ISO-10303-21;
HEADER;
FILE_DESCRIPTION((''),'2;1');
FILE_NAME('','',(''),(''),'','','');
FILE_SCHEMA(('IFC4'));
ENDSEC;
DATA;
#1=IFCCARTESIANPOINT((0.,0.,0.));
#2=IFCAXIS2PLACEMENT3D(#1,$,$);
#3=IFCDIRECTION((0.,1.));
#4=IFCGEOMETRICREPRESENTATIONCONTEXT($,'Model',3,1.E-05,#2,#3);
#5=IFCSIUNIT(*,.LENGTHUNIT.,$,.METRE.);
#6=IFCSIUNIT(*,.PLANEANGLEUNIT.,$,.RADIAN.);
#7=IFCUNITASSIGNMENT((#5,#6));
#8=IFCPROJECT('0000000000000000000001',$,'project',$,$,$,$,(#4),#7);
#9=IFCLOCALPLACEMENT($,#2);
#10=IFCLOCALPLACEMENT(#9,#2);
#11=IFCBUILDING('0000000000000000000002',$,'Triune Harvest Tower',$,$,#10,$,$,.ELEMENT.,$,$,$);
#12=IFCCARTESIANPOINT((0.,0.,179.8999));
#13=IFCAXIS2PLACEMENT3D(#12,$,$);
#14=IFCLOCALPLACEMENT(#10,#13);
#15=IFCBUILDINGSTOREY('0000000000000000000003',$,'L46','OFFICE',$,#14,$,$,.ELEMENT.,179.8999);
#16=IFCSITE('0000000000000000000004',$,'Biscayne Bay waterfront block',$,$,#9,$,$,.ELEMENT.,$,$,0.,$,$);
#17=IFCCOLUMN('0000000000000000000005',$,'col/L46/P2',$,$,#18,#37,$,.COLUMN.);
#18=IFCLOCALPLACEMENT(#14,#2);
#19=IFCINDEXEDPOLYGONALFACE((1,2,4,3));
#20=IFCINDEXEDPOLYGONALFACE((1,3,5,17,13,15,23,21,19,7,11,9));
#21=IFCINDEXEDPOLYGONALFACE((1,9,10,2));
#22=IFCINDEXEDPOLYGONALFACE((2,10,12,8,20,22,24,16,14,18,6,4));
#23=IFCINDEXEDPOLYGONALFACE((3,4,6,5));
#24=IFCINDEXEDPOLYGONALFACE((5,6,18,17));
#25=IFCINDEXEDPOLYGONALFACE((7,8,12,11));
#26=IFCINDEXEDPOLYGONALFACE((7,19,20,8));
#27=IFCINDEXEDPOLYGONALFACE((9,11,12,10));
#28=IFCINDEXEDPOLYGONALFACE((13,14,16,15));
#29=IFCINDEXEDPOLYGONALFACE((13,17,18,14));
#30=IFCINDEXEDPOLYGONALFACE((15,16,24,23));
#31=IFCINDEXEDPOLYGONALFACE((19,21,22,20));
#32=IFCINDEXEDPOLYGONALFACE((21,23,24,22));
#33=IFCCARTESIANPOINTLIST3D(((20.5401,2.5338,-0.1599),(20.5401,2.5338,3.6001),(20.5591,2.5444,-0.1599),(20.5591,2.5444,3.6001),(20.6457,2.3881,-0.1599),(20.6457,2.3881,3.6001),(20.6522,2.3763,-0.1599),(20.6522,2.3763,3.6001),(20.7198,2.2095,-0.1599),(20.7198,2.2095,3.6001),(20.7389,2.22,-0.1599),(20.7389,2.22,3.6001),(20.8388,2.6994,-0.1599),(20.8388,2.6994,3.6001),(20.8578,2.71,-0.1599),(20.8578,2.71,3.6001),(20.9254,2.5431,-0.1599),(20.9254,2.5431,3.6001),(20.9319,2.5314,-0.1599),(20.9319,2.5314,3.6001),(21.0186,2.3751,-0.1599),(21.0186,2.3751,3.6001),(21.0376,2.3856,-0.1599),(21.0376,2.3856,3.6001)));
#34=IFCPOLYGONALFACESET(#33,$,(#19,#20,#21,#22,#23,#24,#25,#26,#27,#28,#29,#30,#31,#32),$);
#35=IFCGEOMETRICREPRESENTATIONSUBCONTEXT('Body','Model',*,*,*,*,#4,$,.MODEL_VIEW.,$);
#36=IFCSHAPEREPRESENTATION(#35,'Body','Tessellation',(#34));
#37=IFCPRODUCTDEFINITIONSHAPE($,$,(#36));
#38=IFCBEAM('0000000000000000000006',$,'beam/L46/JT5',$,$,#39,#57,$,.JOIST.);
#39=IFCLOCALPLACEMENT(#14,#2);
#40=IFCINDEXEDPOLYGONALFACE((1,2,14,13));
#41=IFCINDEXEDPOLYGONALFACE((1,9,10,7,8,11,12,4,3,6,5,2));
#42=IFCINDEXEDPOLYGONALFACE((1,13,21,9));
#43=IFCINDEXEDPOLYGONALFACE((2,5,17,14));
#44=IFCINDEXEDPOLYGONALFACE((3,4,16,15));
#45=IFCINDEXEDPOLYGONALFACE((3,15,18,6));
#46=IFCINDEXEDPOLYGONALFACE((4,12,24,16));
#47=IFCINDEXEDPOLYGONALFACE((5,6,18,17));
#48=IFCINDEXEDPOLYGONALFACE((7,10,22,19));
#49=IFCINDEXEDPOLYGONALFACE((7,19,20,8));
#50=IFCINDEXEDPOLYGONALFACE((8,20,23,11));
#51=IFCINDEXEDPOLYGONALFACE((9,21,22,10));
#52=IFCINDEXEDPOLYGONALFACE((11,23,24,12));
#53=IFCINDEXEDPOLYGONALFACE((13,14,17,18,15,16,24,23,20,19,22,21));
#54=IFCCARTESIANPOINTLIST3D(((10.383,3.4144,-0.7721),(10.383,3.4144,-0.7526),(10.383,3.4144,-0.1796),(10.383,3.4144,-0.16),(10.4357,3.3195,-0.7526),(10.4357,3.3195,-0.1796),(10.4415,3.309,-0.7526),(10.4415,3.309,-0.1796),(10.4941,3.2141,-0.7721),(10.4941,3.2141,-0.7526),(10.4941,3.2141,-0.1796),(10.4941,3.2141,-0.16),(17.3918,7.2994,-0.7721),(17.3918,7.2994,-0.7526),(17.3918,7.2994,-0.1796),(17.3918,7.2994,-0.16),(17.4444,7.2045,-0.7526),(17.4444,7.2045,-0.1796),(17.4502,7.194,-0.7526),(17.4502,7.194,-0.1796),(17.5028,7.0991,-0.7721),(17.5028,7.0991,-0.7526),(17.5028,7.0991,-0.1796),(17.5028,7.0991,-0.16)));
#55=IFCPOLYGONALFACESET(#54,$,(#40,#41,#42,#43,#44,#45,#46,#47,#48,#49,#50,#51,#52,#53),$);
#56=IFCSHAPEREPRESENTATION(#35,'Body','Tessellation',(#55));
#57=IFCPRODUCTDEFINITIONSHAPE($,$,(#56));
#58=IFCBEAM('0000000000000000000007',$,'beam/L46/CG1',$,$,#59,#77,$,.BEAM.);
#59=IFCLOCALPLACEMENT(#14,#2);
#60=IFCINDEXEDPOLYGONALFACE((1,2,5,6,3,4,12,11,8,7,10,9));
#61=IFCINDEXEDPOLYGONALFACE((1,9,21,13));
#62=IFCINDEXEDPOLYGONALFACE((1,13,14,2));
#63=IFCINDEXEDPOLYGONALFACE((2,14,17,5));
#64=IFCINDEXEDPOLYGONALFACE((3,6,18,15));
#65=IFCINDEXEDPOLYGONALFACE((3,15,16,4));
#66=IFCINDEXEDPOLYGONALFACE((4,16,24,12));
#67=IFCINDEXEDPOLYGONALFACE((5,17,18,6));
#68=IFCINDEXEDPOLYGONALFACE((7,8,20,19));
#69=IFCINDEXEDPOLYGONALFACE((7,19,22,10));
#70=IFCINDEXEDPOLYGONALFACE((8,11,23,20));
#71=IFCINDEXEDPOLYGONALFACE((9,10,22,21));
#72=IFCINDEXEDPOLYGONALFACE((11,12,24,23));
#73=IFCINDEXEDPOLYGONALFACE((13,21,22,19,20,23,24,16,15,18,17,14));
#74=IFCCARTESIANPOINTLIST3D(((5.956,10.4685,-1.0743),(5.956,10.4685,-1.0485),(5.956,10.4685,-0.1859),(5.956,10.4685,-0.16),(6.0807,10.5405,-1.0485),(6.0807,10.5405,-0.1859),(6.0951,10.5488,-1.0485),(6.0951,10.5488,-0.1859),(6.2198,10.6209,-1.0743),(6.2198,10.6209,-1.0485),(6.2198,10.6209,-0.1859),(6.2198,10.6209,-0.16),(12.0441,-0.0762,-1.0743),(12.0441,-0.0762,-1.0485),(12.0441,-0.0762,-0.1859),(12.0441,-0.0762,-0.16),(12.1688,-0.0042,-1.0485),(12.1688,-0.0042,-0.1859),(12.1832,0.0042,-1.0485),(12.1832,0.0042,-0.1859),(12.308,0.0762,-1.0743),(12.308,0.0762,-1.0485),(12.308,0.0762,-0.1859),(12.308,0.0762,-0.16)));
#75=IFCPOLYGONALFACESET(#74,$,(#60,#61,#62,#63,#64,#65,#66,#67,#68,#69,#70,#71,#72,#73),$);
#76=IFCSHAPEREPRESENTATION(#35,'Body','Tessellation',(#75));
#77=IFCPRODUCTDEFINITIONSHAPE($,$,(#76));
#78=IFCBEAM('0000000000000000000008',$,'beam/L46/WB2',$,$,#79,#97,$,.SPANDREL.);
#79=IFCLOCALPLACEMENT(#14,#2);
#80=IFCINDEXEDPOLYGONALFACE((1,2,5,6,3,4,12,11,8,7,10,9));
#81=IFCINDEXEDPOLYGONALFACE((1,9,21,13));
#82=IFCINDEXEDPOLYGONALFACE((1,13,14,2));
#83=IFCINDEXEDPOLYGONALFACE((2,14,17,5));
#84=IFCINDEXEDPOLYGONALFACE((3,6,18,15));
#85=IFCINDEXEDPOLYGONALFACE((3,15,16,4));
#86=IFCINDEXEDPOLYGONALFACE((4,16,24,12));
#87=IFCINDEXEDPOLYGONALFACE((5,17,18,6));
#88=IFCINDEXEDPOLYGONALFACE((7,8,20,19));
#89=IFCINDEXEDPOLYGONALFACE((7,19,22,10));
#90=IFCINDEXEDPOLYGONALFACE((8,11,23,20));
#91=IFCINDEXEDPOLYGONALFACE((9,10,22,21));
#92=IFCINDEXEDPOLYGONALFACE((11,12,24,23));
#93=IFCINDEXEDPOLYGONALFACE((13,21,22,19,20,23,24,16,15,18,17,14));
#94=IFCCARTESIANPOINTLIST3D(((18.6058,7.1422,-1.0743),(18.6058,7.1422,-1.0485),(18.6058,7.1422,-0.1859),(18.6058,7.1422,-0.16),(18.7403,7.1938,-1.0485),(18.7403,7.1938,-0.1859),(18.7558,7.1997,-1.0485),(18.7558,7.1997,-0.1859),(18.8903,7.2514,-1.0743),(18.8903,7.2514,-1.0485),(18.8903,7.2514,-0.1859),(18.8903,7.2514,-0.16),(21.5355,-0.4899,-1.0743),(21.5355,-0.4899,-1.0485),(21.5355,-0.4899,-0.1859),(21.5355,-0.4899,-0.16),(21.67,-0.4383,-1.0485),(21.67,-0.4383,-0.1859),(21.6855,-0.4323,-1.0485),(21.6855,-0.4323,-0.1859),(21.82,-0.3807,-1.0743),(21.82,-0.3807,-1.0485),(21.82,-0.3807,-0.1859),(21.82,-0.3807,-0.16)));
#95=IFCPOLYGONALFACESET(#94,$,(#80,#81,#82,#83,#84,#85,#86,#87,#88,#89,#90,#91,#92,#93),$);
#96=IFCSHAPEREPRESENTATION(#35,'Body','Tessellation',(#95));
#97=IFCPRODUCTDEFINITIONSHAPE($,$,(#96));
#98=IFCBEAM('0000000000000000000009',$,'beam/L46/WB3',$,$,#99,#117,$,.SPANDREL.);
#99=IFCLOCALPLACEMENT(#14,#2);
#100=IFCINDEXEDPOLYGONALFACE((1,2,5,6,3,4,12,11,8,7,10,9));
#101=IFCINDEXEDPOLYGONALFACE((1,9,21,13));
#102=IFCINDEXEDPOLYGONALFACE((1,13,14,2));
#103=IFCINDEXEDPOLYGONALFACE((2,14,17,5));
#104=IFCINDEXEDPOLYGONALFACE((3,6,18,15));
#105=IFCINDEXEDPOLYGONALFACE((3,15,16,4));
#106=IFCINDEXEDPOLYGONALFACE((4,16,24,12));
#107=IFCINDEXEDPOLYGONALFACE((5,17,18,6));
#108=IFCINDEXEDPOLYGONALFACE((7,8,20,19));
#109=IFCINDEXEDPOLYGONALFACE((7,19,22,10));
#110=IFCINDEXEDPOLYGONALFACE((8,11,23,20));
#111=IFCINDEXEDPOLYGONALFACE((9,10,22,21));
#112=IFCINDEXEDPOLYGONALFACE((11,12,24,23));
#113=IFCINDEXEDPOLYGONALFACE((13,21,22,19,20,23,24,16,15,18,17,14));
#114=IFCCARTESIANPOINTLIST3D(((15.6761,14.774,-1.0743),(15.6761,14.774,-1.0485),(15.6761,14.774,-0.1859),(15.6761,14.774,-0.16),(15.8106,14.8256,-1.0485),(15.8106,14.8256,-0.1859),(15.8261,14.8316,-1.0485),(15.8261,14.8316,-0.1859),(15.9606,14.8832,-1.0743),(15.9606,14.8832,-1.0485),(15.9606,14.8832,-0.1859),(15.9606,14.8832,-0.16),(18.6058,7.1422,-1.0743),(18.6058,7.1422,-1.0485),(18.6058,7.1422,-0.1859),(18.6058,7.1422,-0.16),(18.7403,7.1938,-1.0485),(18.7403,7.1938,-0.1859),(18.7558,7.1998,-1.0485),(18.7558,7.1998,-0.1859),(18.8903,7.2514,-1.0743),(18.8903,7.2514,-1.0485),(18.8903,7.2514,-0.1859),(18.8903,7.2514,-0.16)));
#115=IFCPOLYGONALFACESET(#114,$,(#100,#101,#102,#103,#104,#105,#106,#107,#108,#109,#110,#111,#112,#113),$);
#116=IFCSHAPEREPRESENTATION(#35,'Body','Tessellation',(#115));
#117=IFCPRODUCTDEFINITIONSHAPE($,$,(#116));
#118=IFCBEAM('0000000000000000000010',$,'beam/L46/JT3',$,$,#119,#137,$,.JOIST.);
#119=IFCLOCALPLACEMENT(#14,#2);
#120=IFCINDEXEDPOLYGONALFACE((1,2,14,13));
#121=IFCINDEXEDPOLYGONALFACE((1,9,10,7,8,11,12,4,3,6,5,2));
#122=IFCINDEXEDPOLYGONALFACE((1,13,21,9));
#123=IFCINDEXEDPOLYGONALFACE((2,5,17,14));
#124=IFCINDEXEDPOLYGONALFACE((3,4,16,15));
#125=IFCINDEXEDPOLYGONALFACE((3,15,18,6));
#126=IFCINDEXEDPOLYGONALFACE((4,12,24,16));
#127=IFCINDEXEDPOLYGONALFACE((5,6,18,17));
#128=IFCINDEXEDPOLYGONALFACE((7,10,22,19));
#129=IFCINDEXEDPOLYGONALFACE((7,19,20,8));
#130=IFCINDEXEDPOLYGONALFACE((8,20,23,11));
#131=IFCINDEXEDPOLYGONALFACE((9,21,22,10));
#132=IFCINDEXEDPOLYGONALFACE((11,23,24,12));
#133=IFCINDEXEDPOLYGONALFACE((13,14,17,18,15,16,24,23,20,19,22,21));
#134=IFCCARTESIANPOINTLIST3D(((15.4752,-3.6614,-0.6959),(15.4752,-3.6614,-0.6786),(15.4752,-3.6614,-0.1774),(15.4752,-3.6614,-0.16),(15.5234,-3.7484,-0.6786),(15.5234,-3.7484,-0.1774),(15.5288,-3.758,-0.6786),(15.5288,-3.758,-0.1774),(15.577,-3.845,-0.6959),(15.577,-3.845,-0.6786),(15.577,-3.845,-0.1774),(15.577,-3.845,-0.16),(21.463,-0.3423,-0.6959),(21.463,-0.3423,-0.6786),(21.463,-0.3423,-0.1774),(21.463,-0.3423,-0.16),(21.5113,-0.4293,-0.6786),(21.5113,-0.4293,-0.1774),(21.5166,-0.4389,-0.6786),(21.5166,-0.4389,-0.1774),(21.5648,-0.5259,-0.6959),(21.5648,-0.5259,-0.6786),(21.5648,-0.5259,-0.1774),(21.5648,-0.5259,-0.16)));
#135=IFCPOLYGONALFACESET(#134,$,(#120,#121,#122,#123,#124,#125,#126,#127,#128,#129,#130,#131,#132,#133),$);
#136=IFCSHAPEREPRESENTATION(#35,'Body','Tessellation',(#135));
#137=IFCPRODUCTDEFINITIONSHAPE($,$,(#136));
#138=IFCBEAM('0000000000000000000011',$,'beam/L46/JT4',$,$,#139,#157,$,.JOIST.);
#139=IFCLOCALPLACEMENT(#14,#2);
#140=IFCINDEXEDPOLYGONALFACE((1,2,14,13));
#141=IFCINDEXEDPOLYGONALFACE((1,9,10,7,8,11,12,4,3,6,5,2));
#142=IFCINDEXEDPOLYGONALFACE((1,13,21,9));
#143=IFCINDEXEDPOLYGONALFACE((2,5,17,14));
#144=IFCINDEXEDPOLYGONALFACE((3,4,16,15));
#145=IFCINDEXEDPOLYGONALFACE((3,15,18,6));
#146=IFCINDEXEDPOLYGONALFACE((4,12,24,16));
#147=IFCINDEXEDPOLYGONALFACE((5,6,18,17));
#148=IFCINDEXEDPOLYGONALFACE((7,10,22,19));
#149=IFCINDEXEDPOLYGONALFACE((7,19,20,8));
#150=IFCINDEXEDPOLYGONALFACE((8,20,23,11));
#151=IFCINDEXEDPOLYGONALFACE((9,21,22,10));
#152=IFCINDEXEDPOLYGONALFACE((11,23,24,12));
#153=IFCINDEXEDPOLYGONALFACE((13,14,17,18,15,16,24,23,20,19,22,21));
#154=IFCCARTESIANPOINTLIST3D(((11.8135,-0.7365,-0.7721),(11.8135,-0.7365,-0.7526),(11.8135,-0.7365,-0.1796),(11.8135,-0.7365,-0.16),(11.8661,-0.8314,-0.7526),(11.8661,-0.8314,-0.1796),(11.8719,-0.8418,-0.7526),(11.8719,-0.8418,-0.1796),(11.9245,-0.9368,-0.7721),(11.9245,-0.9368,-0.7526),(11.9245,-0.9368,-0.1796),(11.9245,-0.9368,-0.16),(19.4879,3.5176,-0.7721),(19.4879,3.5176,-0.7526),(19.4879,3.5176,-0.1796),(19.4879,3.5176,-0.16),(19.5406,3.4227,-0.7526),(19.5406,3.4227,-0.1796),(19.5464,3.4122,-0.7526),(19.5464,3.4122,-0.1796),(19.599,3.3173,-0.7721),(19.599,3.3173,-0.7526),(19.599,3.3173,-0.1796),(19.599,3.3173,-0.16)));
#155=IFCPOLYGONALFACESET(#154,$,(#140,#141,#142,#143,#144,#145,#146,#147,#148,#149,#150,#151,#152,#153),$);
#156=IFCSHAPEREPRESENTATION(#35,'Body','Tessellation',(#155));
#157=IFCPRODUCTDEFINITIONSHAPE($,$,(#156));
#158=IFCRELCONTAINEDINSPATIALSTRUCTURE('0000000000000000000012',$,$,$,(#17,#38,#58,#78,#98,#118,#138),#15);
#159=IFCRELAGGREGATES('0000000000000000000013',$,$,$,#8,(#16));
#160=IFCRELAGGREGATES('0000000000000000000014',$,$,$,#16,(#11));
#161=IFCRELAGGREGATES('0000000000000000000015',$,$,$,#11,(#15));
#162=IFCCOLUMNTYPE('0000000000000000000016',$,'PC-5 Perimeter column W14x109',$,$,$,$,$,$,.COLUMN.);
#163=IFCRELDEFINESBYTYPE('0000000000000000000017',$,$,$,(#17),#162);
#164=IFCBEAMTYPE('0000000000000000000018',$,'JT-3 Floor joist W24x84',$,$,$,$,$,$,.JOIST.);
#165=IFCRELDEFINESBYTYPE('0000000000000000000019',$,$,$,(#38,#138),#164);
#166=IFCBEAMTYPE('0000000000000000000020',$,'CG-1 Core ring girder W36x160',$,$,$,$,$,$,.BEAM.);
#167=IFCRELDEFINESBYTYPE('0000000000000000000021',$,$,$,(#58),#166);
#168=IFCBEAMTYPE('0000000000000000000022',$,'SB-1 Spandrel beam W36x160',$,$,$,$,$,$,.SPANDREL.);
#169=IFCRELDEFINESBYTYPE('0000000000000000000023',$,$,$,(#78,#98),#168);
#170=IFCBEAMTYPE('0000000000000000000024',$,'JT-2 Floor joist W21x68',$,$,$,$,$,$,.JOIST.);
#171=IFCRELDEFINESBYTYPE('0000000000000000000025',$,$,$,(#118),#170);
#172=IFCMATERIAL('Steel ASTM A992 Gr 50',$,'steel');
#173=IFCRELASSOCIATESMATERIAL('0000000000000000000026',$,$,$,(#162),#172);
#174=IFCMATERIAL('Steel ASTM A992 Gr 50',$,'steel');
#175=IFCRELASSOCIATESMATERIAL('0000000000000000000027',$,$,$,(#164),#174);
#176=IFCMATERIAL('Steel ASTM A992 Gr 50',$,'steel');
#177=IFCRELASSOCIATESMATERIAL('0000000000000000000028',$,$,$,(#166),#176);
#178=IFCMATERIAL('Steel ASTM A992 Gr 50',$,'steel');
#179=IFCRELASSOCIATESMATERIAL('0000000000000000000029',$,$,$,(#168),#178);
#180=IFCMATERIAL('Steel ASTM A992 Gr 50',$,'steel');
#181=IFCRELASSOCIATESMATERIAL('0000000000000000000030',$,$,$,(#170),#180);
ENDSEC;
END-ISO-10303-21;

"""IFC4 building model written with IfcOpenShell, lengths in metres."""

from ifc_helpers import new_model, si_unit, direction, frame, origin, origin_2d, place, context, subcontext, project, spatial, i_section, extrude, source, transform, mapped, material, material_profile, profile_set, type_object, element, save


model = new_model("IFC4")

# Units and contexts
model_context = context("Model", 3, precision=1e-05, world=origin(), true_north=direction((0.0, 1.0)))
body_context = subcontext(model_context, "Body", "Model", "MODEL_VIEW")
ifc_project = project(units=[si_unit("LENGTHUNIT", "METRE"), si_unit("PLANEANGLEUNIT", "RADIAN")], contexts=[model_context])

# Site, building, storey
site_placement = place(None, origin())
site = spatial("IfcSite", under=ifc_project, at=site_placement, Name="Biscayne Bay waterfront block", CompositionType="ELEMENT", RefElevation=0.0)
building_placement = place(site_placement, origin())
building = spatial("IfcBuilding", under=site, at=building_placement, Name="Triune Harvest Tower", CompositionType="ELEMENT")
storey_placement = place(building_placement, frame((0.0, 0.0, 179.8999)))
storey = spatial("IfcBuildingStorey", under=building, at=storey_placement, Name="L46", Description="OFFICE", CompositionType="ELEMENT", Elevation=179.8999)

# Column
ifc_material_1 = material(Name="Steel ASTM A992 Gr 50", Category="steel")
ifc_material_profile_1 = material_profile(ifc_material_1, i_section(OverallWidth=0.3708, OverallDepth=0.3633, WebThickness=0.0134, FlangeThickness=0.0217, at=origin_2d()), Name="W14x109")
ifc_profile_set_1 = profile_set([ifc_material_profile_1], Name="Steel ASTM A992 Gr 50")
column_type = type_object("IfcColumnType", Name="PC-5 Perimeter column W14x109", PredefinedType="COLUMN", material=ifc_profile_set_1)
shared_shape_1 = source(origin(), body_context, "Body", "SweptSolid", [
    extrude(i_section(OverallWidth=0.3708, OverallDepth=0.3633, WebThickness=0.0134, FlangeThickness=0.0217, at=origin_2d()), origin(), (0.0, 0.0, 1.0), 3.76),
])
column_placement = place(storey_placement, frame((20.7888, 2.4597, -0.1599), z_axis=(0.0, 0.0, 1.0), x_axis=(-0.48481, 0.87462, 0.0)))
element("IfcColumn", 1, at=column_placement, inside=storey, type_object=column_type, Name="col/L46/P2", PredefinedType="COLUMN", context=body_context, shape_type="MappedRepresentation", body=[
    mapped(shared_shape_1, transform((0.0, 0.0, 0.0), scale=1.0)),
])

# Beams
ifc_material_2 = material(Name="Steel ASTM A992 Gr 50", Category="steel")
ifc_material_profile_2 = material_profile(ifc_material_2, i_section(OverallWidth=0.229, OverallDepth=0.6121, WebThickness=0.012, FlangeThickness=0.0195, at=origin_2d()), Name="W24x84")
ifc_profile_set_2 = profile_set([ifc_material_profile_2], Name="Steel ASTM A992 Gr 50")
beam_type_1 = type_object("IfcBeamType", Name="JT-3 Floor joist W24x84", PredefinedType="JOIST", material=ifc_profile_set_2)
beam_1_placement = place(storey_placement, frame((17.4473, 7.1992, -0.4661), z_axis=(-0.874621, -0.484807, 0.0), x_axis=(0.484807, -0.874621, 0.0)))
element("IfcBeam", 2, at=beam_1_placement, inside=storey, type_object=beam_type_1, Name="beam/L46/JT5", PredefinedType="JOIST", context=body_context, shape_type="SweptSolid", body=[
    extrude(i_section(OverallWidth=0.229, OverallDepth=0.6121, WebThickness=0.012, FlangeThickness=0.0195, at=origin_2d()), origin(), (0.0, 0.0, 1.0), 8.0134),
])
ifc_material_3 = material(Name="Steel ASTM A992 Gr 50", Category="steel")
ifc_material_profile_3 = material_profile(ifc_material_3, i_section(OverallWidth=0.3047, OverallDepth=0.9143, WebThickness=0.0166, FlangeThickness=0.0259, at=origin_2d()), Name="W36x160")
ifc_profile_set_3 = profile_set([ifc_material_profile_3], Name="Steel ASTM A992 Gr 50")
beam_type_2 = type_object("IfcBeamType", Name="CG-1 Core ring girder W36x160", PredefinedType="BEAM", material=ifc_profile_set_3)
shared_shape_2 = source(origin(), body_context, "Body", "SweptSolid", [
    extrude(i_section(OverallWidth=0.3047, OverallDepth=0.9143, WebThickness=0.0166, FlangeThickness=0.0259, at=origin_2d()), origin(), (0.0, 0.0, 1.0), 12.176),
])
beam_2_placement = place(storey_placement, frame((12.176, 0.0, -0.6172), z_axis=(-0.50001, 0.86602, 0.0), x_axis=(-0.86602, -0.50001, 0.0)))
element("IfcBeam", 3, at=beam_2_placement, inside=storey, type_object=beam_type_2, Name="beam/L46/CG1", PredefinedType="BEAM", context=body_context, shape_type="MappedRepresentation", body=[
    mapped(shared_shape_2, transform((0.0, 0.0, 0.0), scale=1.0)),
])
ifc_material_4 = material(Name="Steel ASTM A992 Gr 50", Category="steel")
ifc_material_profile_4 = material_profile(ifc_material_4, i_section(OverallWidth=0.3047, OverallDepth=0.9143, WebThickness=0.0166, FlangeThickness=0.0259, at=origin_2d()), Name="W36x160")
ifc_profile_set_4 = profile_set([ifc_material_profile_4], Name="Steel ASTM A992 Gr 50")
beam_type_3 = type_object("IfcBeamType", Name="SB-1 Spandrel beam W36x160", PredefinedType="SPANDREL", material=ifc_profile_set_4)
shared_shape_3 = source(origin(), body_context, "Body", "SweptSolid", [
    extrude(i_section(OverallWidth=0.3047, OverallDepth=0.9143, WebThickness=0.0166, FlangeThickness=0.0259, at=origin_2d()), origin(), (0.0, 0.0, 1.0), 8.175),
])
beam_3_placement = place(storey_placement, frame((21.6777, -0.4353, -0.6172), z_axis=(-0.358369, 0.93358, 0.0), x_axis=(-0.93358, -0.358369, 0.0)))
element("IfcBeam", 4, at=beam_3_placement, inside=storey, type_object=beam_type_3, Name="beam/L46/WB2", PredefinedType="SPANDREL", context=body_context, shape_type="MappedRepresentation", body=[
    mapped(shared_shape_3, transform((0.0, 0.0, 0.0), scale=1.0)),
])
shared_shape_4 = source(origin(), body_context, "Body", "SweptSolid", [
    extrude(i_section(OverallWidth=0.3047, OverallDepth=0.9143, WebThickness=0.0166, FlangeThickness=0.0259, at=origin_2d()), origin(), (0.0, 0.0, 1.0), 8.1748),
])
beam_4_placement = place(storey_placement, frame((18.748, 7.1968, -0.6172), z_axis=(-0.358379, 0.933576, 0.0), x_axis=(-0.933576, -0.358379, 0.0)))
element("IfcBeam", 5, at=beam_4_placement, inside=storey, type_object=beam_type_3, Name="beam/L46/WB3", PredefinedType="SPANDREL", context=body_context, shape_type="MappedRepresentation", body=[
    mapped(shared_shape_4, transform((0.0, 0.0, 0.0), scale=1.0)),
])
ifc_material_5 = material(Name="Steel ASTM A992 Gr 50", Category="steel")
ifc_material_profile_5 = material_profile(ifc_material_5, i_section(OverallWidth=0.21, OverallDepth=0.5359, WebThickness=0.011, FlangeThickness=0.0173, at=origin_2d()), Name="W21x68")
ifc_profile_set_5 = profile_set([ifc_material_profile_5], Name="Steel ASTM A992 Gr 50")
beam_type_4 = type_object("IfcBeamType", Name="JT-2 Floor joist W21x68", PredefinedType="JOIST", material=ifc_profile_set_5)
shared_shape_5 = source(origin(), body_context, "Body", "SweptSolid", [
    extrude(i_section(OverallWidth=0.21, OverallDepth=0.5359, WebThickness=0.011, FlangeThickness=0.0173, at=origin_2d()), origin(), (0.0, 0.0, 1.0), 6.8462),
])
beam_5_placement = place(storey_placement, frame((21.5139, -0.4341, -0.428), z_axis=(-0.874619, -0.48481, 0.0), x_axis=(0.48481, -0.874619, 0.0)))
element("IfcBeam", 6, at=beam_5_placement, inside=storey, type_object=beam_type_4, Name="beam/L46/JT3", PredefinedType="JOIST", context=body_context, shape_type="MappedRepresentation", body=[
    mapped(shared_shape_5, transform((0.0, 0.0, 0.0), scale=1.0)),
])
shared_shape_6 = source(origin(), body_context, "Body", "SweptSolid", [
    extrude(i_section(OverallWidth=0.229, OverallDepth=0.6121, WebThickness=0.012, FlangeThickness=0.0195, at=origin_2d()), origin(), (0.0, 0.0, 1.0), 8.7747),
])
beam_6_placement = place(storey_placement, frame((19.5435, 3.4175, -0.4661), z_axis=(-0.874616, -0.484816, 0.0), x_axis=(0.484816, -0.874616, 0.0)))
element("IfcBeam", 7, at=beam_6_placement, inside=storey, type_object=beam_type_1, Name="beam/L46/JT4", PredefinedType="JOIST", context=body_context, shape_type="MappedRepresentation", body=[
    mapped(shared_shape_6, transform((0.0, 0.0, 0.0), scale=1.0)),
])

save(model, "model.ifc")
